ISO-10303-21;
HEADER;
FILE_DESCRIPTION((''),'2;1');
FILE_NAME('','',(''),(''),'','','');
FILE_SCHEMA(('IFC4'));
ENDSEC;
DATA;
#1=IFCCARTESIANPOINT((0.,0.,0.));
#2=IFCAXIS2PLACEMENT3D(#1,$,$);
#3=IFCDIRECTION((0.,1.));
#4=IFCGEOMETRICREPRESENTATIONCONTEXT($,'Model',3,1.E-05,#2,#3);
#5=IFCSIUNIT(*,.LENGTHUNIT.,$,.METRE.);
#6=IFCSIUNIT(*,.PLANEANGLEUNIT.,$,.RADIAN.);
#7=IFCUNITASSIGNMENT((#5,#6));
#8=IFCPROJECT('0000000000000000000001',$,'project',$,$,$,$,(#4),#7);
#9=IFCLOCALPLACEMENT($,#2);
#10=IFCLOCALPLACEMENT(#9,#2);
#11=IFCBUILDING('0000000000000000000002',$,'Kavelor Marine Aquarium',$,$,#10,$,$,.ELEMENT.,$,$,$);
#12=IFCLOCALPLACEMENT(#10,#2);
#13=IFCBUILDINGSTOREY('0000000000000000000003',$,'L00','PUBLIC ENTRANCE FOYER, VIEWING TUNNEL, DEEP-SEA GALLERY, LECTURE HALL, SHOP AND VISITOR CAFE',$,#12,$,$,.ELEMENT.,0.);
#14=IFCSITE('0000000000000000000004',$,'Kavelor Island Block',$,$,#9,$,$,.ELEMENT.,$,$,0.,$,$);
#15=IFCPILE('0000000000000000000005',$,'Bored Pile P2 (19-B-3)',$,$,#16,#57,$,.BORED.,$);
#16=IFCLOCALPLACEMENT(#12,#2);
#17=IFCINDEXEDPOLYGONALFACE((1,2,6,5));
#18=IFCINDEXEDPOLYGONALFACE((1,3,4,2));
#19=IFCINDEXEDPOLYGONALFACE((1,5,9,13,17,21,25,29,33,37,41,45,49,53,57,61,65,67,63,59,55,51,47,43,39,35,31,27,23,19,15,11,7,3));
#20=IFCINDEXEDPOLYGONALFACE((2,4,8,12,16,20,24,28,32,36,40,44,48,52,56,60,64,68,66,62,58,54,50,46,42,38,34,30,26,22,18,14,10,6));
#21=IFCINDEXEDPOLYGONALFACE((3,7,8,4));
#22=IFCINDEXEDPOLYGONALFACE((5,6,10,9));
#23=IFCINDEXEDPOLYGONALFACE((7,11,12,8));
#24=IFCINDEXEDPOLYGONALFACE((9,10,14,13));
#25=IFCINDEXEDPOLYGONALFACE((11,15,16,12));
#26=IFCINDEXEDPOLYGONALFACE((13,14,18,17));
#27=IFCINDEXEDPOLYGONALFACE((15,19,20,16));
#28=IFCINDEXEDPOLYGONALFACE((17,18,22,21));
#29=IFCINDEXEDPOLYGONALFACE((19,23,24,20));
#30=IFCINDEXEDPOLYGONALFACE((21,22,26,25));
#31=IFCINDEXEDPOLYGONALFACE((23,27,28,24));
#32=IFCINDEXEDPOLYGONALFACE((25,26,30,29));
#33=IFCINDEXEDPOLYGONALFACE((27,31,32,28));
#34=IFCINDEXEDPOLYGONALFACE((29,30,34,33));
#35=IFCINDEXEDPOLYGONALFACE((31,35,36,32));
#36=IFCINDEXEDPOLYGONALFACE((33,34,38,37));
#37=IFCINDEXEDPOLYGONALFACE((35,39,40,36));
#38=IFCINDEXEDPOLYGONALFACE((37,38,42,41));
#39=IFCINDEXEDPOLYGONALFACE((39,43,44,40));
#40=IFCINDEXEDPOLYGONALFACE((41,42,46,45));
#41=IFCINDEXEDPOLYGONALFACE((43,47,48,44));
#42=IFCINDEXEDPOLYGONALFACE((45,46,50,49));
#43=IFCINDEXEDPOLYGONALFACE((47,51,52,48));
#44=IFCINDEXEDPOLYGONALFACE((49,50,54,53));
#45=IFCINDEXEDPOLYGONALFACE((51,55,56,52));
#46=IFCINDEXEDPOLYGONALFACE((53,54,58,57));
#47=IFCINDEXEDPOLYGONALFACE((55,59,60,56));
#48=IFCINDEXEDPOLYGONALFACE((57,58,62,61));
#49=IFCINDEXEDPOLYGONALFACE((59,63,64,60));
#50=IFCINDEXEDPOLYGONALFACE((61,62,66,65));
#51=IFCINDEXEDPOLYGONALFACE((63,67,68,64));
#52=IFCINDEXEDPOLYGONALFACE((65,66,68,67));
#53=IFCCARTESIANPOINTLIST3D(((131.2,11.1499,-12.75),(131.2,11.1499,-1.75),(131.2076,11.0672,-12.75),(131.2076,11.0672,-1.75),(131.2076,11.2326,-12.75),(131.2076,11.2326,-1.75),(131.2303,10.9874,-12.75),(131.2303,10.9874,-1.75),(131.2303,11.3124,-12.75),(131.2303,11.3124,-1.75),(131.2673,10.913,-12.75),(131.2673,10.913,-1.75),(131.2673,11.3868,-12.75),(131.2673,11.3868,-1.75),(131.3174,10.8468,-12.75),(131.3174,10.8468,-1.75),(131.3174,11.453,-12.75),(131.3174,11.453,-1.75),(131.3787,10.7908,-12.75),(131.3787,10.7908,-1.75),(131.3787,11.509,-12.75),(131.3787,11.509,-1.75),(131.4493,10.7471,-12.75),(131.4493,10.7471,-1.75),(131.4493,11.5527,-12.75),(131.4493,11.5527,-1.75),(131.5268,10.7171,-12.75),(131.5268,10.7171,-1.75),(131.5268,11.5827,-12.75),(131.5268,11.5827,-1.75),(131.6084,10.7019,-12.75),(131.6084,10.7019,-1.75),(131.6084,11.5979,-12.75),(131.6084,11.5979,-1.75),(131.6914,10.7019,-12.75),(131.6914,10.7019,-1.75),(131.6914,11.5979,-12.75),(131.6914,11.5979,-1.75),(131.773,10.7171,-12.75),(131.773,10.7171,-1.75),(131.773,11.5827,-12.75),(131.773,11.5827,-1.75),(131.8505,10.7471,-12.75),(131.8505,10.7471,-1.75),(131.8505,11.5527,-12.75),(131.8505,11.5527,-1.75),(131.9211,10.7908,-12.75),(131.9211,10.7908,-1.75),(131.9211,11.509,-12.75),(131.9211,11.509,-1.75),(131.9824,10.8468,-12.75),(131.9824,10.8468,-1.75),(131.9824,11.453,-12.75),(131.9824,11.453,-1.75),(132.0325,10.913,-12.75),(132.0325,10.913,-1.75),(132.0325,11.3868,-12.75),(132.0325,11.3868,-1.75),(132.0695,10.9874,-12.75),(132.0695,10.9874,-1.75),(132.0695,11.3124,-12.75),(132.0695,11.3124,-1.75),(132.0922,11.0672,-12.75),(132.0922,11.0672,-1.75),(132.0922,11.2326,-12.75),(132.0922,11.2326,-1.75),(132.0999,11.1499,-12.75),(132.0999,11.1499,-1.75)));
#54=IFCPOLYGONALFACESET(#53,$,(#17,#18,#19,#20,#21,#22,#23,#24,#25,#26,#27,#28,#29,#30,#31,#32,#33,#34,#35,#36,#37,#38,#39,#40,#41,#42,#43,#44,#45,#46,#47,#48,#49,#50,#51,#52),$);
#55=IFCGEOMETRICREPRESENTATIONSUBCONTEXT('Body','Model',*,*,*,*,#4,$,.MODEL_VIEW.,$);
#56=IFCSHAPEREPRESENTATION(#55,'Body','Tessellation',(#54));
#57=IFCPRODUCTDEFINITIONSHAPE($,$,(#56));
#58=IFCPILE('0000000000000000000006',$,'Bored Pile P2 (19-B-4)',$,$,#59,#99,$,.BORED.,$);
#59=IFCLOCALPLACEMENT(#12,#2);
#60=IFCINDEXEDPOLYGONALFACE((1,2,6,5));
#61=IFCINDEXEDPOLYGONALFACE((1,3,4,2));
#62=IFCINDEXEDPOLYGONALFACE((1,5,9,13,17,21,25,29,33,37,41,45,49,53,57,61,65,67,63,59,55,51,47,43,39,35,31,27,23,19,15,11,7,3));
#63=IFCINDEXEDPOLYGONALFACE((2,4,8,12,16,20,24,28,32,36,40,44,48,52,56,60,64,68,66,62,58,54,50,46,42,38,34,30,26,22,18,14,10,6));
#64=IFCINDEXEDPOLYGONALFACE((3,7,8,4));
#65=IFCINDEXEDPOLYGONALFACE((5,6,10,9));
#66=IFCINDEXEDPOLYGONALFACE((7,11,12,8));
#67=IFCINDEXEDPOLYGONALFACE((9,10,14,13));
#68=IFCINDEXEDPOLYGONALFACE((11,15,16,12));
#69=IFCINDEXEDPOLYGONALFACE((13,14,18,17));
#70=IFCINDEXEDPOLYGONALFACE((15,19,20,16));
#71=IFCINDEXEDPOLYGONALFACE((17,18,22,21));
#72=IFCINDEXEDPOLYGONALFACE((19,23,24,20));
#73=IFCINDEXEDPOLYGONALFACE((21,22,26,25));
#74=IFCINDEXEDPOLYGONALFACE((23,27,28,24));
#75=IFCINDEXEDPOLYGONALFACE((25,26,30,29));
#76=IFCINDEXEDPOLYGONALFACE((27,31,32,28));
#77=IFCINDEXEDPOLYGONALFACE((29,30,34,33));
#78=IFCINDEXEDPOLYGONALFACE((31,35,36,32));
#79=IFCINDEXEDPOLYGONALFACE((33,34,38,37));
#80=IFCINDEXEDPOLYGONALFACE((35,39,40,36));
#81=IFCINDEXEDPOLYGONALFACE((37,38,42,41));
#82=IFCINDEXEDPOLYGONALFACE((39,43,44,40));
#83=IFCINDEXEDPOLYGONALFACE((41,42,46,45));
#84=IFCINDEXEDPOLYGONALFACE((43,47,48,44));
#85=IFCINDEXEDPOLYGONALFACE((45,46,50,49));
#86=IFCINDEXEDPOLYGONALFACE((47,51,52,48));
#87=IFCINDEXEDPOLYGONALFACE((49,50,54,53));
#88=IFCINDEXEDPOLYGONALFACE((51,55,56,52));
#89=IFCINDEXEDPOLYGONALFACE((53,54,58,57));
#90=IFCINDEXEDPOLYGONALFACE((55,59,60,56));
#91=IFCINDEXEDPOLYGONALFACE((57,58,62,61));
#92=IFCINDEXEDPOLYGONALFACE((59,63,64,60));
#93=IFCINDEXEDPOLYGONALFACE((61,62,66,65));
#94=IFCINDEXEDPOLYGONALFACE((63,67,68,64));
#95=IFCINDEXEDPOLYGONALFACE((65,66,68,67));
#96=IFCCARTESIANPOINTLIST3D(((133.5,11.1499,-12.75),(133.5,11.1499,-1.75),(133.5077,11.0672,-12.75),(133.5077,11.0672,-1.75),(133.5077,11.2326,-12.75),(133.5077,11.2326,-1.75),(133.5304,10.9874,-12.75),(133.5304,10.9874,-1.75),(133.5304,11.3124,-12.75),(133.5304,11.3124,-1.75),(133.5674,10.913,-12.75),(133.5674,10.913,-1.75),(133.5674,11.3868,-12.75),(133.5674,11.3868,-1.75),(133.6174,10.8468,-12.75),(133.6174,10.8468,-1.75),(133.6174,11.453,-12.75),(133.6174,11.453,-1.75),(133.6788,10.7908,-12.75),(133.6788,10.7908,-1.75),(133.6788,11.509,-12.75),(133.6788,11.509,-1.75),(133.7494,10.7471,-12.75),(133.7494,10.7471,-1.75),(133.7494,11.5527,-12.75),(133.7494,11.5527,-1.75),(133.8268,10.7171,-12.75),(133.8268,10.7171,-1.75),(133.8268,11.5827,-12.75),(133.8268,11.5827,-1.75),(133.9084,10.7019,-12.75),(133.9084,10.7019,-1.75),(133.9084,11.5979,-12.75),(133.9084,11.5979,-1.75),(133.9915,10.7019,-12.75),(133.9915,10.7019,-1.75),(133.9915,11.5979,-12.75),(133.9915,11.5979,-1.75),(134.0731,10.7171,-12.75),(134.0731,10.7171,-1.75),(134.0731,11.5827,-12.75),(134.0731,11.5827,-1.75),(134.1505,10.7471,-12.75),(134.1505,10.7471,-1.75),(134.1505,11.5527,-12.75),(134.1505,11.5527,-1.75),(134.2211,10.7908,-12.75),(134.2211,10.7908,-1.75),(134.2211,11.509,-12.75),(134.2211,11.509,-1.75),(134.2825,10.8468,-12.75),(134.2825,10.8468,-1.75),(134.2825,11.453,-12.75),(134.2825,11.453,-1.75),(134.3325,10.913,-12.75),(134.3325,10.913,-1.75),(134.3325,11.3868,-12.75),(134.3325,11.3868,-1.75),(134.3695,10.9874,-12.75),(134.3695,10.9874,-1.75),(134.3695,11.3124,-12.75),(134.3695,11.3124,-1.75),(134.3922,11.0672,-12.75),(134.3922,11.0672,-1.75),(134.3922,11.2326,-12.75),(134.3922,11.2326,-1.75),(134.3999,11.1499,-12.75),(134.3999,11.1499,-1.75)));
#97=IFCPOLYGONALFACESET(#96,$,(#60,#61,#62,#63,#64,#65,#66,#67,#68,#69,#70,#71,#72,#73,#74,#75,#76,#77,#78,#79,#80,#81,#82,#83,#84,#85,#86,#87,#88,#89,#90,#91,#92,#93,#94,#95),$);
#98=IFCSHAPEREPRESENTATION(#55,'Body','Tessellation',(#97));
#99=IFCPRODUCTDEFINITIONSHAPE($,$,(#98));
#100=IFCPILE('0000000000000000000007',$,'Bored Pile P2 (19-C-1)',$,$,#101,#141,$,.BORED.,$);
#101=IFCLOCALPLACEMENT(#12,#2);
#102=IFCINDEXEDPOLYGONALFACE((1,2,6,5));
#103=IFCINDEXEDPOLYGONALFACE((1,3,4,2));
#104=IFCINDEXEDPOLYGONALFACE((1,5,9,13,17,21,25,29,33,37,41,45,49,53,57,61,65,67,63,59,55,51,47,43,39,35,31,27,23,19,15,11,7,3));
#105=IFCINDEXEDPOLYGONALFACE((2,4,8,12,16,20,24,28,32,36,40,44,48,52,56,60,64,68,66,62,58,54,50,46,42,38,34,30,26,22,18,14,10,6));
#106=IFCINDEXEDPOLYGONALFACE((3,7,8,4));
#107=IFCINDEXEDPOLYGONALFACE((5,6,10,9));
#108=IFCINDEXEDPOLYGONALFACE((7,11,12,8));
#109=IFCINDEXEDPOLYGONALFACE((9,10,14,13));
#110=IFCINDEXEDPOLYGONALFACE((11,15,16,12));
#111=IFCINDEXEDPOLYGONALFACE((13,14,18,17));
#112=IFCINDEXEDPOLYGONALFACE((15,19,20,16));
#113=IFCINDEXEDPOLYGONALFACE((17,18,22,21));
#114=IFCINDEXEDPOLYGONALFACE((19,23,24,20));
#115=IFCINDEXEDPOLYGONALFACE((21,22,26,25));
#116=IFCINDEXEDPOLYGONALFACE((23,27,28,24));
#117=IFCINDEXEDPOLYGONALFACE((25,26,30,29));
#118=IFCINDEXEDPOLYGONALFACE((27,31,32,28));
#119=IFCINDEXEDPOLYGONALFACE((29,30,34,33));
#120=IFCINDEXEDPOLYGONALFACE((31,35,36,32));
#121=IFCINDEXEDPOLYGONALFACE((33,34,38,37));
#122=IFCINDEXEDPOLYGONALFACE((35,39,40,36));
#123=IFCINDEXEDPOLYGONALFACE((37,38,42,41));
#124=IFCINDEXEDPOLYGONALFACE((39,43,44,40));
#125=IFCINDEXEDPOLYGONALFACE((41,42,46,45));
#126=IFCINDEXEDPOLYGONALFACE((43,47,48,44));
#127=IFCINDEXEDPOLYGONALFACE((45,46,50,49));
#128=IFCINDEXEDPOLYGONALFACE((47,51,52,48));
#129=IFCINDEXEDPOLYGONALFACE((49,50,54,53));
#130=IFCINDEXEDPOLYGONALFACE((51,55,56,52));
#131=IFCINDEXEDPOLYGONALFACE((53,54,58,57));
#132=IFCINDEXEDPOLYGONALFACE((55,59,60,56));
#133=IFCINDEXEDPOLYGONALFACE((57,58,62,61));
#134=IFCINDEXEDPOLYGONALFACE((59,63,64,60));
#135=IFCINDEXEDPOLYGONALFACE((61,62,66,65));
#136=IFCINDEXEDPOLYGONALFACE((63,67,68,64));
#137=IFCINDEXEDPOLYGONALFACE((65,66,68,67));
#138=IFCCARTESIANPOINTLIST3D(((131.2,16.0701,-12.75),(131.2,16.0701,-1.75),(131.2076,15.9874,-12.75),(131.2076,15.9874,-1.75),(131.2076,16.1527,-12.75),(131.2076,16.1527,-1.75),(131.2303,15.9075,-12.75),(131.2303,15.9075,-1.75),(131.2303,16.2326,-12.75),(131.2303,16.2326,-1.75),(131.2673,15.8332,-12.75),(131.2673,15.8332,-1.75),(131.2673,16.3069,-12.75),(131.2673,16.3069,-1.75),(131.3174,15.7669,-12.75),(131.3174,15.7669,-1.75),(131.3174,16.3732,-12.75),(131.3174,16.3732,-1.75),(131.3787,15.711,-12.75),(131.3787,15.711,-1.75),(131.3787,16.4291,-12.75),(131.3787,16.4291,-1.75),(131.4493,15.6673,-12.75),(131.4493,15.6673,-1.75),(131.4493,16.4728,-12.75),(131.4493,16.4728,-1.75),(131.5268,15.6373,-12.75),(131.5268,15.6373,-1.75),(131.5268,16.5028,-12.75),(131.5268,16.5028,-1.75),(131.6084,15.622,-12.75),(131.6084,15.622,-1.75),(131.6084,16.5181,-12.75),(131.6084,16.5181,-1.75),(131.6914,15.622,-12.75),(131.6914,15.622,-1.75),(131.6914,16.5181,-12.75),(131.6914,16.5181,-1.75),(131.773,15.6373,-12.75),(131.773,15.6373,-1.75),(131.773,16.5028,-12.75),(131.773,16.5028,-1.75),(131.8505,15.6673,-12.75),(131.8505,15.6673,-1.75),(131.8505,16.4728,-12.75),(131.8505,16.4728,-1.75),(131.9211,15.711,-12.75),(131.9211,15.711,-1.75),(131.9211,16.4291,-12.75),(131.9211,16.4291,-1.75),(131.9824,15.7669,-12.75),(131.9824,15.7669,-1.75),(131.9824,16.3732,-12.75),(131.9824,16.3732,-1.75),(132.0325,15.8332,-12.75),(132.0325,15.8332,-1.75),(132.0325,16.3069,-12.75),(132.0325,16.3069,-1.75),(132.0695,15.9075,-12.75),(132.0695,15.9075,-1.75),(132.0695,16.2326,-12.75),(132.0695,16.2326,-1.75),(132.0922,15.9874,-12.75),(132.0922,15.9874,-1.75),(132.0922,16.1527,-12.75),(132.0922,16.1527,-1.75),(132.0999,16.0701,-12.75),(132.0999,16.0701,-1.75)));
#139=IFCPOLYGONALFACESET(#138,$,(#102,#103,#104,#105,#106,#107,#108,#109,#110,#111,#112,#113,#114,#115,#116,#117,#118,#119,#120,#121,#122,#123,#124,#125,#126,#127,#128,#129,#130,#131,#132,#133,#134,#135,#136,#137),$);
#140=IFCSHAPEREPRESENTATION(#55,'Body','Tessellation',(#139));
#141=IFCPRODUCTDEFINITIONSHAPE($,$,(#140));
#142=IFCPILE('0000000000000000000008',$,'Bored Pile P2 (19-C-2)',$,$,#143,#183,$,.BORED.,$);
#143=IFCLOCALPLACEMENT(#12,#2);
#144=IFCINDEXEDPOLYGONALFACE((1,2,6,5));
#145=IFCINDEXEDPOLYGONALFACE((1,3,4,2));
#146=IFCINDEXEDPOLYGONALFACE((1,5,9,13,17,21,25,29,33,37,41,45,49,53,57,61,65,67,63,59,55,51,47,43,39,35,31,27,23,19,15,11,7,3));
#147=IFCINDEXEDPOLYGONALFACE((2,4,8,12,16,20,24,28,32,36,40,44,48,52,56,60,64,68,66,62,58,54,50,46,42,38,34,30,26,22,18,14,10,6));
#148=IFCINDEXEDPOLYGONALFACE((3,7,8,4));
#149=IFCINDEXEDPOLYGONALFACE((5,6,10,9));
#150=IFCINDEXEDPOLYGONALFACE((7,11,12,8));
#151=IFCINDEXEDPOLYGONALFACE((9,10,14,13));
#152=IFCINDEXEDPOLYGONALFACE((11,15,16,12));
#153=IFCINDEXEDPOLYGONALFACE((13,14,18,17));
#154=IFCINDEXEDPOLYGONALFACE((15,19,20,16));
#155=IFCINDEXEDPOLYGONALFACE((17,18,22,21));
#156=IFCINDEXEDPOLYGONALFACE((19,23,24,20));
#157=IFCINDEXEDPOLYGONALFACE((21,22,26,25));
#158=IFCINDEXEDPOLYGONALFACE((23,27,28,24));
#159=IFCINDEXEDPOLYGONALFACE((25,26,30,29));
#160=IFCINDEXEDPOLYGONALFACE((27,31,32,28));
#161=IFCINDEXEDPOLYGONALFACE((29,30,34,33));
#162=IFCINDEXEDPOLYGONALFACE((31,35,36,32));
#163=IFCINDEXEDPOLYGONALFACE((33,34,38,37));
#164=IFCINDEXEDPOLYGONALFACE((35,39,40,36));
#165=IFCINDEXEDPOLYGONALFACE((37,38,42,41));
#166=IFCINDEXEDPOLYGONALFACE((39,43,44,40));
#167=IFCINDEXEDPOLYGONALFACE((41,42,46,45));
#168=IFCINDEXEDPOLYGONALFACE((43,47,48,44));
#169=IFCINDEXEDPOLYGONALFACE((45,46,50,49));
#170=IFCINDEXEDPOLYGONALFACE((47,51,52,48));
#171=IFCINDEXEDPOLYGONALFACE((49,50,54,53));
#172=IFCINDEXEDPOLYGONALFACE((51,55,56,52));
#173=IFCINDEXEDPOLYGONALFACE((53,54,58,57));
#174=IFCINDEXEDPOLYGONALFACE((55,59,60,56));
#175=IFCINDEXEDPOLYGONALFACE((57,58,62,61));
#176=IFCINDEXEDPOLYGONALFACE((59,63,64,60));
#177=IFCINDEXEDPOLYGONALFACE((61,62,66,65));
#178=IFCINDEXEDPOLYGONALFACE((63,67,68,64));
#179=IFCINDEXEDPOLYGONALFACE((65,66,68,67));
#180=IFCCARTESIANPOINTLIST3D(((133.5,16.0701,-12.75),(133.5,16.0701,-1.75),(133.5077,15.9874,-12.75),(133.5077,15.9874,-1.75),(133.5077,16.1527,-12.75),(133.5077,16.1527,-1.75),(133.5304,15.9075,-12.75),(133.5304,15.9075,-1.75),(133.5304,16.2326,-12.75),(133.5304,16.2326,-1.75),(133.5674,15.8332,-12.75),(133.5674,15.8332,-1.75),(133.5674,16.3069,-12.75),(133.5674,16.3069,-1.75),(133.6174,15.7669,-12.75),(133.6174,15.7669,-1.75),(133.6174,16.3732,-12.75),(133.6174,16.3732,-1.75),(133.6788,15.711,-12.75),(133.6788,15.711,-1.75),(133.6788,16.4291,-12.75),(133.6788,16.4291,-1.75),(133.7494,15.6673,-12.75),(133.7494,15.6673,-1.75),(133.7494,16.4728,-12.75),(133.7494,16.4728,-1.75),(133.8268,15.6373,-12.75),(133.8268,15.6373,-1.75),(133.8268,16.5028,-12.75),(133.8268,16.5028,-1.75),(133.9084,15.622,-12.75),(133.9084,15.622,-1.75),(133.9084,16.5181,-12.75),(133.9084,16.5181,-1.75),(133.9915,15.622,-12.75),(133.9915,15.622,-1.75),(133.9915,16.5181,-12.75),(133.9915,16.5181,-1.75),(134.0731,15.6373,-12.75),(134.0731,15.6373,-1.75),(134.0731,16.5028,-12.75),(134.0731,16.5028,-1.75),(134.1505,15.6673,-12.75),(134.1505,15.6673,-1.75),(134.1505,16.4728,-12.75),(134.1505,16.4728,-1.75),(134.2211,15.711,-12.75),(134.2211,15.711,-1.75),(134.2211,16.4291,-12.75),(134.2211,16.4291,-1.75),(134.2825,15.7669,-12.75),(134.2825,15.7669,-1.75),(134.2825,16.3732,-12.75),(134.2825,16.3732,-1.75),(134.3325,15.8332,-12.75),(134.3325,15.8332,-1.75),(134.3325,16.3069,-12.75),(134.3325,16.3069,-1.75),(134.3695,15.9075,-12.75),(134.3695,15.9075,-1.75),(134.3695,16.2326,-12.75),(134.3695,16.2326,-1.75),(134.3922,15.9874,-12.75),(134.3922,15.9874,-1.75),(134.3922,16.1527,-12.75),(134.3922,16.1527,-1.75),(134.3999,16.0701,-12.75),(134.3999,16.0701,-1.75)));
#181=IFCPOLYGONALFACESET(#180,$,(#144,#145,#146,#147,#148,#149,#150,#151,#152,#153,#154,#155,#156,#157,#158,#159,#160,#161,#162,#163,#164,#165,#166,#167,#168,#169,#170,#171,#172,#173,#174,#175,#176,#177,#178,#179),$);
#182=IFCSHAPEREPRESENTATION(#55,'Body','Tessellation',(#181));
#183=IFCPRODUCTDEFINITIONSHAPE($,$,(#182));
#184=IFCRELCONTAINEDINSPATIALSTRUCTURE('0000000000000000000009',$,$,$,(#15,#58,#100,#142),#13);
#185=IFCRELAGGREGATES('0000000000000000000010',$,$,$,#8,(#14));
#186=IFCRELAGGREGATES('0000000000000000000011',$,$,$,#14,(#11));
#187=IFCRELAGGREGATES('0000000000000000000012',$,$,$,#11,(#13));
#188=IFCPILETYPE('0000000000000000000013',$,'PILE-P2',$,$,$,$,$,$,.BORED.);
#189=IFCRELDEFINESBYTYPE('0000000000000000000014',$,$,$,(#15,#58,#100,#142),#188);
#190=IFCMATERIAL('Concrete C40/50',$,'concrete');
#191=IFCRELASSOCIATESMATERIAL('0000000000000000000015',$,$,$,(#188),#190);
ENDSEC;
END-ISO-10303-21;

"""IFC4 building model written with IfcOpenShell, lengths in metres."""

from ifc_helpers import new_model, si_unit, direction, frame, origin, origin_2d, place, context, subcontext, project, spatial, circle, extrude, material, material_profile, profile_set, type_object, element, save


model = new_model("IFC4")

# Units and contexts
model_context = context("Model", 3, precision=1e-05, world=origin(), true_north=direction((0.0, 1.0)))
body_context = subcontext(model_context, "Body", "Model", "MODEL_VIEW")
ifc_project = project(units=[si_unit("LENGTHUNIT", "METRE"), si_unit("PLANEANGLEUNIT", "RADIAN")], contexts=[model_context])

# Site, building, storey
site_placement = place(None, origin())
site = spatial("IfcSite", under=ifc_project, at=site_placement, Name="Kavelor Island Block", CompositionType="ELEMENT", RefElevation=0.0)
building_placement = place(site_placement, origin())
building = spatial("IfcBuilding", under=site, at=building_placement, Name="Kavelor Marine Aquarium", CompositionType="ELEMENT")
storey_placement = place(building_placement, origin())
storey = spatial("IfcBuildingStorey", under=building, at=storey_placement, Name="L00", Description="PUBLIC ENTRANCE FOYER, VIEWING TUNNEL, DEEP-SEA GALLERY, LECTURE HALL, SHOP AND VISITOR CAFE", CompositionType="ELEMENT", Elevation=0.0)

# Piles
ifc_material_1 = material(Name="Concrete C40/50", Category="concrete")
ifc_material_profile_1 = material_profile(ifc_material_1, circle(Radius=0.45, at=origin_2d()), Name="PILE D900")
ifc_profile_set_1 = profile_set([ifc_material_profile_1], Name="Concrete C40/50")
pile_type_1 = type_object("IfcPileType", Name="PILE-P2", PredefinedType="BORED", material=ifc_profile_set_1)
for number, where, z_axis, x_axis, name in (
    (1, (131.6499, 11.1499, -1.75), (0.0, 0.0, -1.0), (1.0, 0.0, 0.0), "Bored Pile P2 (19-B-3)"),
    (2, (133.95, 11.1499, -1.75), (0.0, 0.0, -1.0), (1.0, 0.0, 0.0), "Bored Pile P2 (19-B-4)"),
    (3, (131.6499, 16.0701, -1.75), (0.0, 0.0, -1.0), (1.0, 0.0, 0.0), "Bored Pile P2 (19-C-1)"),
    (4, (133.95, 16.0701, -1.75), (0.0, 0.0, -1.0), (1.0, 0.0, 0.0), "Bored Pile P2 (19-C-2)"),
):
    element("IfcPile", number, at=place(storey_placement, frame(where, z_axis=z_axis, x_axis=x_axis)), inside=storey, type_object=pile_type_1, Name=name, PredefinedType="BORED", context=body_context, shape_type="SweptSolid", body=[
        extrude(circle(Radius=0.45, at=origin_2d()), origin(), (0.0, 0.0, 1.0), 11.0),
    ])

save(model, "model.ifc")
